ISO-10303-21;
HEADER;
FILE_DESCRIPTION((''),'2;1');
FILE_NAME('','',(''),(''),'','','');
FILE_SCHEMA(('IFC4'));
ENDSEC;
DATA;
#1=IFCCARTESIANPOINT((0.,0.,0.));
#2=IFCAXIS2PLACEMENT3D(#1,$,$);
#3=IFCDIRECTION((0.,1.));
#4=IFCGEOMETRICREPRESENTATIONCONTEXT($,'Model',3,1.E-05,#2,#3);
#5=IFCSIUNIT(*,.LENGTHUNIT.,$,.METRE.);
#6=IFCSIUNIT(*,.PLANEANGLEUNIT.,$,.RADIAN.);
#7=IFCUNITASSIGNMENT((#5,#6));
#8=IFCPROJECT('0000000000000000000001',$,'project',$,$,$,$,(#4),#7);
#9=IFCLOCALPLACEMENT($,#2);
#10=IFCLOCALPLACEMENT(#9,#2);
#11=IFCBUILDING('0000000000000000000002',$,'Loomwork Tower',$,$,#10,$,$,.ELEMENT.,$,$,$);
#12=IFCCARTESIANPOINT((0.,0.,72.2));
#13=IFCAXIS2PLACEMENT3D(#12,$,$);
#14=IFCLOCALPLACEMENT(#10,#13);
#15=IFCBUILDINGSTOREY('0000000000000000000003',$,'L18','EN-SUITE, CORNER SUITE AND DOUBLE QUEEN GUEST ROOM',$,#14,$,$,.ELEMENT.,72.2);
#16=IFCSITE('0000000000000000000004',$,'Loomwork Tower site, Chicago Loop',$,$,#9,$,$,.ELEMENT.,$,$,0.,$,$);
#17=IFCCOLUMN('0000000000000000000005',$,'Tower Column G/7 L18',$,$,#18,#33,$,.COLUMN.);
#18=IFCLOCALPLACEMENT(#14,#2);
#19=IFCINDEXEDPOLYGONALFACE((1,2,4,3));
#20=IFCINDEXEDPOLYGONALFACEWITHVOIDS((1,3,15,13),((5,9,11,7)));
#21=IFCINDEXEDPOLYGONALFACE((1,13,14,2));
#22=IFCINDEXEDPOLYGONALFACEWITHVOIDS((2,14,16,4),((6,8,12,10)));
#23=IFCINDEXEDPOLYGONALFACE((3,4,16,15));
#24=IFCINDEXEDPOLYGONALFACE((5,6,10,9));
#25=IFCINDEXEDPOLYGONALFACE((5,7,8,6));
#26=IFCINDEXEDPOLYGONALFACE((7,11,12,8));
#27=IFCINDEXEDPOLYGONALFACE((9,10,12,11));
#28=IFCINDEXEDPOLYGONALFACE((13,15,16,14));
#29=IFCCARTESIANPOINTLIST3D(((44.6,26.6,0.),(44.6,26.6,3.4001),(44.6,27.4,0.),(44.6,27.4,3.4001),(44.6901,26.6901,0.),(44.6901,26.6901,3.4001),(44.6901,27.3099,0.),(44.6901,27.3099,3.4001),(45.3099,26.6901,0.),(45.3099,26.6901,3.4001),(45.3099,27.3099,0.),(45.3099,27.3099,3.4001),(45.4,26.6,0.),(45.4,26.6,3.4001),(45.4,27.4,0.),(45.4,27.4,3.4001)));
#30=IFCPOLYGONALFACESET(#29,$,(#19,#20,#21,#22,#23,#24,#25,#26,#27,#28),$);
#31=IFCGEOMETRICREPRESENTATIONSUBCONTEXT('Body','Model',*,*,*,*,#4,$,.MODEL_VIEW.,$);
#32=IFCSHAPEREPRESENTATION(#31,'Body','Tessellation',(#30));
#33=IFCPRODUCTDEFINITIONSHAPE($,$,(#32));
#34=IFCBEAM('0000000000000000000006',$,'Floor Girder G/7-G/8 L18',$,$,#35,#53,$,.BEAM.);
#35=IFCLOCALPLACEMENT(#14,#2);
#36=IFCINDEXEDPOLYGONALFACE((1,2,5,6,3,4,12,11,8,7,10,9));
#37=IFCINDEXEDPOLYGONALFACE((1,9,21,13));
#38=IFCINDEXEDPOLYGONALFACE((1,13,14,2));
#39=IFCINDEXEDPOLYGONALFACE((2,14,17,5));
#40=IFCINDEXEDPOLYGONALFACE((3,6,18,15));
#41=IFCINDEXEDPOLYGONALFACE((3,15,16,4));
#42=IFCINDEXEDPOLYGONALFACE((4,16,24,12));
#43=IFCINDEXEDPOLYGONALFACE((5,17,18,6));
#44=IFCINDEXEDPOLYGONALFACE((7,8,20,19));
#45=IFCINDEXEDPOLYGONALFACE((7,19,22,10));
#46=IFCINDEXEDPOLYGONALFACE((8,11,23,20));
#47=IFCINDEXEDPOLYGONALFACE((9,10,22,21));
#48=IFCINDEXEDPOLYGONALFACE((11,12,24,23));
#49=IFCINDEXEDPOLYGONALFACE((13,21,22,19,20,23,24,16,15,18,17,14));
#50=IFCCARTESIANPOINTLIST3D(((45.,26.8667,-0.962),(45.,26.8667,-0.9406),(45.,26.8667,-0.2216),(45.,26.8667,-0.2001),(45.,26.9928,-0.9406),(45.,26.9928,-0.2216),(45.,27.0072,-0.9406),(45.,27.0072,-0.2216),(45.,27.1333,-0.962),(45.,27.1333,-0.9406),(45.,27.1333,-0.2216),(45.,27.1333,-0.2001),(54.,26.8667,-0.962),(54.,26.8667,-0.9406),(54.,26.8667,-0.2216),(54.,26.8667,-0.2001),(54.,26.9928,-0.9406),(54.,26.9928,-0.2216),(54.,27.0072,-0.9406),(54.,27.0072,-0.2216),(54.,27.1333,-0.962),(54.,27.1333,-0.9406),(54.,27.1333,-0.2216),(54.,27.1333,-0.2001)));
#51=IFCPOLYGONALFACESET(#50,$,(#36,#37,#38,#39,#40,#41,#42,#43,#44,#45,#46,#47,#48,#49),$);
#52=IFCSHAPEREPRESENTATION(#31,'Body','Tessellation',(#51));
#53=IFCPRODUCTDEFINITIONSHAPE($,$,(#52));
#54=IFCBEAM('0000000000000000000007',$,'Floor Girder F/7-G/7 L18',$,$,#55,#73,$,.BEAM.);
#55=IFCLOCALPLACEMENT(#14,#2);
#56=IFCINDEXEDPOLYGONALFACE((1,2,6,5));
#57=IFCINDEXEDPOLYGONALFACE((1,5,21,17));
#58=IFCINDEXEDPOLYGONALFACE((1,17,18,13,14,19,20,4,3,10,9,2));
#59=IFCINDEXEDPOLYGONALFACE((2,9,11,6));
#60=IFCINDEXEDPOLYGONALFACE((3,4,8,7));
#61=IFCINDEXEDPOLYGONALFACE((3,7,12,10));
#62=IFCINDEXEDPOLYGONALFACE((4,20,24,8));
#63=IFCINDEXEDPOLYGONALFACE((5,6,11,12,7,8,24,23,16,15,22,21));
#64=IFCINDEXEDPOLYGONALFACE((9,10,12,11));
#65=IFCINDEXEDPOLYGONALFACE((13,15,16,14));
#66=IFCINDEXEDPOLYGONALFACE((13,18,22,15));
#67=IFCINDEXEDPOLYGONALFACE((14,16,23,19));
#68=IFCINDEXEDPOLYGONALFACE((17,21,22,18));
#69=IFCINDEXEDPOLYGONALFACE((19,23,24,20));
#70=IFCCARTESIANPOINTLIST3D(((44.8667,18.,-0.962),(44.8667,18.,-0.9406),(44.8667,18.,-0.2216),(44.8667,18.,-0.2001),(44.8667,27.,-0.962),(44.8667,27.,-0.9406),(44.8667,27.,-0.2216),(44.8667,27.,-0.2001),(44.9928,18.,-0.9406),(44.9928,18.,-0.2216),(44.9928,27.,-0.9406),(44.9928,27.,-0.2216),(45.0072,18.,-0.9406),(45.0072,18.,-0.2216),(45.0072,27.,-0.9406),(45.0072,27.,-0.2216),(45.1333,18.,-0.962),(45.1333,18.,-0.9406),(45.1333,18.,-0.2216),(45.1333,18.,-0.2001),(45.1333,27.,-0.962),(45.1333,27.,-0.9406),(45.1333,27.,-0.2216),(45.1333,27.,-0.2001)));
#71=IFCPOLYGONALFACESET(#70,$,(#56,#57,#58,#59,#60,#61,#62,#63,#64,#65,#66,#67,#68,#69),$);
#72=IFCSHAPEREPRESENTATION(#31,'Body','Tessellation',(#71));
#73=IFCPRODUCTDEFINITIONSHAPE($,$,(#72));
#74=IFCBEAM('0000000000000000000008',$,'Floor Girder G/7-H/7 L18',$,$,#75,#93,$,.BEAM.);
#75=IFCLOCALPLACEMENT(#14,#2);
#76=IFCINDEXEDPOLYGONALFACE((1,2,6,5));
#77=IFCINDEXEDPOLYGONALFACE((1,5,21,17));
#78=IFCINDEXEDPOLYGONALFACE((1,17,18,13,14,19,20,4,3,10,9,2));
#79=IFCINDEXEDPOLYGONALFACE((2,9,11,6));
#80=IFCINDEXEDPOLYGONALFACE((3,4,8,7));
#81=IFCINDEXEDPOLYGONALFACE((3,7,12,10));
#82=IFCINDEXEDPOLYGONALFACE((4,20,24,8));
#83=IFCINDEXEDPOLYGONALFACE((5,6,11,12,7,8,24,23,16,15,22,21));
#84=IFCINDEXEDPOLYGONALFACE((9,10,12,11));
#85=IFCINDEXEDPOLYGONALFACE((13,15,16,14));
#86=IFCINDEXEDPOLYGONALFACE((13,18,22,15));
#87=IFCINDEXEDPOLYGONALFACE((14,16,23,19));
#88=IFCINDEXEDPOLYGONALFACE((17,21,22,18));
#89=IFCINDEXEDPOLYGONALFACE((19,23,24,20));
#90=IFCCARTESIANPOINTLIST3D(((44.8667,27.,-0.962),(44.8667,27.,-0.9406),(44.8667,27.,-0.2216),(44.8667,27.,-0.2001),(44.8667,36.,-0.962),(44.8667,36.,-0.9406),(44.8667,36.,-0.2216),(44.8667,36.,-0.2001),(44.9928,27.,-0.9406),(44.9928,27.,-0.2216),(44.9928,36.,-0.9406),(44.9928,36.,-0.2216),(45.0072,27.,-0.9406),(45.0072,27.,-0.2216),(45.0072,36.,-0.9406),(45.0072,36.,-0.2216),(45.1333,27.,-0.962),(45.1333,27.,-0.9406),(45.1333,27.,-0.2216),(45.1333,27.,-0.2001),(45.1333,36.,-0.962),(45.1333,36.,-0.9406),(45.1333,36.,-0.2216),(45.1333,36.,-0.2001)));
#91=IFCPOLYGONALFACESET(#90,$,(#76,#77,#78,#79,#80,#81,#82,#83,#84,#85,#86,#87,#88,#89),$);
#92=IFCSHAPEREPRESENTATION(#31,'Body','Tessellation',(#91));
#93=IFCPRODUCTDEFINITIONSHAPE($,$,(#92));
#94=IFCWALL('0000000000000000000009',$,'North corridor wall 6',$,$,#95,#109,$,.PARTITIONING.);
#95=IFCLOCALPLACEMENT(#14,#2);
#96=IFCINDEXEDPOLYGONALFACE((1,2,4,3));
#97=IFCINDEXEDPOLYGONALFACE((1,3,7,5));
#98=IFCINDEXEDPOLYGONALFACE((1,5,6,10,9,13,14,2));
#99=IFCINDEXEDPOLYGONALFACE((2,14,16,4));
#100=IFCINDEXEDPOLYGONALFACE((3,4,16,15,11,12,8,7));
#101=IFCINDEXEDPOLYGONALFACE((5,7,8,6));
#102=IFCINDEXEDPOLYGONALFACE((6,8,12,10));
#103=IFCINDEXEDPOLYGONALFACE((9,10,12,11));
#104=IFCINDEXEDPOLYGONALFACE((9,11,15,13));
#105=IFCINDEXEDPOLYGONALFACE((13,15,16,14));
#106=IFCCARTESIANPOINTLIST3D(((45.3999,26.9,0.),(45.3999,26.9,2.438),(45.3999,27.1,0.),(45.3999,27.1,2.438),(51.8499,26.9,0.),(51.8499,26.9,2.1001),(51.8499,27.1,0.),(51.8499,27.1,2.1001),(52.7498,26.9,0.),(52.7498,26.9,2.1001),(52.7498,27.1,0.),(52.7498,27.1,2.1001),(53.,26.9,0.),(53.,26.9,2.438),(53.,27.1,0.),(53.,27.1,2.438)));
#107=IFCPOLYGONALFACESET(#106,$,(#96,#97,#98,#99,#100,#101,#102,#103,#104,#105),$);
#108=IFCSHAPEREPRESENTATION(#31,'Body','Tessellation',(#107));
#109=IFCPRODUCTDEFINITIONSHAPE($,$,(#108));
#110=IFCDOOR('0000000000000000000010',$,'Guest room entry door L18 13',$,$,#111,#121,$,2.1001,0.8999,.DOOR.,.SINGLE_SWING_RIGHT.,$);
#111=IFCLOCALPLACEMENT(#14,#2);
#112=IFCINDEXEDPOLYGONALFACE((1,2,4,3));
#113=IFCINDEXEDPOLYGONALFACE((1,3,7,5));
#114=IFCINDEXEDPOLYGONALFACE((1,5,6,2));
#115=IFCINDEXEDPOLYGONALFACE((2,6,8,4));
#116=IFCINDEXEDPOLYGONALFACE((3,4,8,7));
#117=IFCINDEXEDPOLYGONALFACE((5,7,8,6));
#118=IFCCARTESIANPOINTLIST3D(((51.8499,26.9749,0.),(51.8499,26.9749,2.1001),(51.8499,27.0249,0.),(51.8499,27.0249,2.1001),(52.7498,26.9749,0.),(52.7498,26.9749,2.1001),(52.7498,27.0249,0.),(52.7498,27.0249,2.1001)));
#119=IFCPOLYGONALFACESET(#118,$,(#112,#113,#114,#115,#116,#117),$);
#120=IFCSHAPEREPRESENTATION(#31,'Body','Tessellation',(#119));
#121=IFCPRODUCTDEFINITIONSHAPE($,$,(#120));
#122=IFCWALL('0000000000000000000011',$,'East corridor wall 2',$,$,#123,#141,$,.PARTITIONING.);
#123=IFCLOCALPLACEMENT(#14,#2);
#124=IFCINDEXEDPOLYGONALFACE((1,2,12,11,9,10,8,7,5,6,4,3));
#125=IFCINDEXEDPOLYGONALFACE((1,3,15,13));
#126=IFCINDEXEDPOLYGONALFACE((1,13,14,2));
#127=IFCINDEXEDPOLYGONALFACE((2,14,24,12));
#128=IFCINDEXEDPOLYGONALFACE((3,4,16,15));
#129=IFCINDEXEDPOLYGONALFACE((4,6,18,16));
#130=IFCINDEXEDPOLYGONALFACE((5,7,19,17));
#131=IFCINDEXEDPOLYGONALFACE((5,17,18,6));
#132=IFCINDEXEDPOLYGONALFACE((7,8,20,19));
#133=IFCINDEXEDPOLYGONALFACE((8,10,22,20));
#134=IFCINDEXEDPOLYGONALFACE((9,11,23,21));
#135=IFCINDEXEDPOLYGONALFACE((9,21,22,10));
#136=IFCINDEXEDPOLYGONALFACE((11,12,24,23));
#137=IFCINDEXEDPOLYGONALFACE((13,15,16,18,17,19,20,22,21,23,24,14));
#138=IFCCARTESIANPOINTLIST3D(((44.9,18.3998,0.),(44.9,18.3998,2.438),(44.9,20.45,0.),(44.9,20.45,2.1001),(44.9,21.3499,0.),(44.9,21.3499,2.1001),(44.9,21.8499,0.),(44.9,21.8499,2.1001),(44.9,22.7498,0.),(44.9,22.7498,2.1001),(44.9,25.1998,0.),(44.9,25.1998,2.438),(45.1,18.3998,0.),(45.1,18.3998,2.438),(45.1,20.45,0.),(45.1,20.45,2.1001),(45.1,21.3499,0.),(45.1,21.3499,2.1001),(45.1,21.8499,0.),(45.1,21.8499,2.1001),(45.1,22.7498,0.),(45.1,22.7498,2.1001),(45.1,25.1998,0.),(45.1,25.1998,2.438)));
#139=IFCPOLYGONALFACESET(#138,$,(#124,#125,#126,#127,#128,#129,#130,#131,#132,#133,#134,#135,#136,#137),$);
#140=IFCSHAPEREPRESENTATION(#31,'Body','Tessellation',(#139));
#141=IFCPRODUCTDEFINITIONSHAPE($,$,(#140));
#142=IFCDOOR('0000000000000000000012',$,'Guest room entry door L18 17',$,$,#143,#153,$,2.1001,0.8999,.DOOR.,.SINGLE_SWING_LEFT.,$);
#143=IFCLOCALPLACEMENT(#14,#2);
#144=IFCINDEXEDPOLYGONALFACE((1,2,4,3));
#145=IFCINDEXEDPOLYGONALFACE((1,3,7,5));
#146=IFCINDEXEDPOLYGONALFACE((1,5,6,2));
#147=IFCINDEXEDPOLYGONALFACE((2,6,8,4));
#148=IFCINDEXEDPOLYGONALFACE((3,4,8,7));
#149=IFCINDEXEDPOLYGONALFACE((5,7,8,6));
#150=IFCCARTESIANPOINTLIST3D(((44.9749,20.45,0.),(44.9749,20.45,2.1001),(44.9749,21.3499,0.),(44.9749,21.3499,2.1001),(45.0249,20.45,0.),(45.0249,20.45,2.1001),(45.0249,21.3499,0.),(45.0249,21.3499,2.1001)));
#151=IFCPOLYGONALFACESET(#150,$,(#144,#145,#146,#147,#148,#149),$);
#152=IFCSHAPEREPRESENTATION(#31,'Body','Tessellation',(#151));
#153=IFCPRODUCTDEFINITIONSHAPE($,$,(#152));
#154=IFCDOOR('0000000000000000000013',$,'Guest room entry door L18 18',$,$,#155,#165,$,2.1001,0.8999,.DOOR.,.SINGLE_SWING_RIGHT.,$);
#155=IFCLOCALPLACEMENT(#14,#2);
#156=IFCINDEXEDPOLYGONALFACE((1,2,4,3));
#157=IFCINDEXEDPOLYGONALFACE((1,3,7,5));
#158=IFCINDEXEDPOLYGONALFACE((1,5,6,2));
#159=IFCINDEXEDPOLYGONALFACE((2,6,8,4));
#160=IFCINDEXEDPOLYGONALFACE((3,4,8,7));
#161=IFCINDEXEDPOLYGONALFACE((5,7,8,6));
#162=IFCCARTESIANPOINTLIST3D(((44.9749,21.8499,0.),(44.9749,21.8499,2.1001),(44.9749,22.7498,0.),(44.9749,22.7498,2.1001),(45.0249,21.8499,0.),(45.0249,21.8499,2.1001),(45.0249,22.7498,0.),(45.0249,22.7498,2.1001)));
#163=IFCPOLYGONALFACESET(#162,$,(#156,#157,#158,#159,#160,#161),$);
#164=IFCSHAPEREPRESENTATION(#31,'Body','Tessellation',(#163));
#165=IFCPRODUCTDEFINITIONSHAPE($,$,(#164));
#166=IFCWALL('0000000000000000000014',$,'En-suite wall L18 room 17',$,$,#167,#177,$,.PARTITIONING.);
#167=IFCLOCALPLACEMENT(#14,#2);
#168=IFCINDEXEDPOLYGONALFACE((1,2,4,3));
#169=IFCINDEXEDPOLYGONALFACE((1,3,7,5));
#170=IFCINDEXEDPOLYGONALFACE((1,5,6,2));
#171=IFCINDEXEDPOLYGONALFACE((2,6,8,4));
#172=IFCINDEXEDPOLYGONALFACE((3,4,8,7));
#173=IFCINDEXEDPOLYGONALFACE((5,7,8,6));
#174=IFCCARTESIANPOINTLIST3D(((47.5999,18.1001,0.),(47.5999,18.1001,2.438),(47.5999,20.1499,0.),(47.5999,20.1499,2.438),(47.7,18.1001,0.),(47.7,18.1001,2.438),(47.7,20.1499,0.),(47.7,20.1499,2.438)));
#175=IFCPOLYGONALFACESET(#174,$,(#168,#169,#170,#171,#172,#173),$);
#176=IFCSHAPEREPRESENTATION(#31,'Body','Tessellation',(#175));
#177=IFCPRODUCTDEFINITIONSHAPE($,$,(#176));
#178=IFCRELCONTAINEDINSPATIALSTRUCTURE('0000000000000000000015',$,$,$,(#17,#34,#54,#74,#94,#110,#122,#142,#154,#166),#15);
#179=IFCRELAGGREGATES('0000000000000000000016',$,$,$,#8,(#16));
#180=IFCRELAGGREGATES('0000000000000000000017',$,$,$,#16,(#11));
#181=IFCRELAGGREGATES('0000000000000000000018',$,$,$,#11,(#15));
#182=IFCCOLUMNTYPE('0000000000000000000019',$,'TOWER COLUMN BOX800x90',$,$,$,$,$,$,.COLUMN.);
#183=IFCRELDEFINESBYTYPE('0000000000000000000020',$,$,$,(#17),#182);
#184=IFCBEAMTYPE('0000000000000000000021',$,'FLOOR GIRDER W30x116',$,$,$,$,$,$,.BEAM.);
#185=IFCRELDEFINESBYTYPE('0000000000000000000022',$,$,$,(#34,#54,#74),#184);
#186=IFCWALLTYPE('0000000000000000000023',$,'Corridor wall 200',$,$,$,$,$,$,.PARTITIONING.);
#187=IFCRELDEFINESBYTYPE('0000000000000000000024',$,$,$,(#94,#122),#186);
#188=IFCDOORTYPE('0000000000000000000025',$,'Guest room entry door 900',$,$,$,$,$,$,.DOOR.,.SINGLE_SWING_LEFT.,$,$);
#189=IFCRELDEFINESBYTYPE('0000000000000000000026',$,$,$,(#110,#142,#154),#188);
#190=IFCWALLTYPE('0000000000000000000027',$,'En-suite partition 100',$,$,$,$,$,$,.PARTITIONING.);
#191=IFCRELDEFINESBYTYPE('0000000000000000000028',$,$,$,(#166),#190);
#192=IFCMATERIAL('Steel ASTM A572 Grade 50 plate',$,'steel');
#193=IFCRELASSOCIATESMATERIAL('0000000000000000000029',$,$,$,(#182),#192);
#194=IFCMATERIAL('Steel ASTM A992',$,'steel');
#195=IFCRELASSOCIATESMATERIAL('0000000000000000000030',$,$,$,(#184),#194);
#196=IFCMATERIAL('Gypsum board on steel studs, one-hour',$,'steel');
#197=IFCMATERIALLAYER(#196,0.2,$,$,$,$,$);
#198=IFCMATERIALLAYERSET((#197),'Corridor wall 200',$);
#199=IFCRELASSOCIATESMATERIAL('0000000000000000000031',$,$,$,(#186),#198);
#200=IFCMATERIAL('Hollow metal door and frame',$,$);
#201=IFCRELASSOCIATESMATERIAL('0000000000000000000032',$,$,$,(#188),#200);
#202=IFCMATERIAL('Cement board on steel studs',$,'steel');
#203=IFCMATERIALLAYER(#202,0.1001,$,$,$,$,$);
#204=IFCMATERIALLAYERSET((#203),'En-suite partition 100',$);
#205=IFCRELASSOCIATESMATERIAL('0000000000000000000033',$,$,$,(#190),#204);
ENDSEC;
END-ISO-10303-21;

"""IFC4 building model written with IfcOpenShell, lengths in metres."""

from ifc_helpers import new_model, si_unit, direction, frame, frame_2d, origin, origin_2d, place, context, subcontext, project, spatial, rectangle, hollow_rectangle, i_section, extrude, material, layer, layer_set, material_profile, profile_set, type_object, element, fill, save


model = new_model("IFC4")

# Units and contexts
model_context = context("Model", 3, precision=1e-05, world=origin(), true_north=direction((0.0, 1.0)))
body_context = subcontext(model_context, "Body", "Model", "MODEL_VIEW")
ifc_project = project(units=[si_unit("LENGTHUNIT", "METRE"), si_unit("PLANEANGLEUNIT", "RADIAN")], contexts=[model_context])

# Site, building, storey
site_placement = place(None, origin())
site = spatial("IfcSite", under=ifc_project, at=site_placement, Name="Loomwork Tower site, Chicago Loop", CompositionType="ELEMENT", RefElevation=0.0)
building_placement = place(site_placement, origin())
building = spatial("IfcBuilding", under=site, at=building_placement, Name="Loomwork Tower", CompositionType="ELEMENT")
storey_placement = place(building_placement, frame((0.0, 0.0, 72.2)))
storey = spatial("IfcBuildingStorey", under=building, at=storey_placement, Name="L18", Description="EN-SUITE, CORNER SUITE AND DOUBLE QUEEN GUEST ROOM", CompositionType="ELEMENT", Elevation=72.2)

# Column
ifc_material_1 = material(Name="Steel ASTM A572 Grade 50 plate", Category="steel")
ifc_material_profile_1 = material_profile(ifc_material_1, hollow_rectangle(XDim=0.8, YDim=0.8, WallThickness=0.0901, at=origin_2d()), Name="BOX800x90")
ifc_profile_set_1 = profile_set([ifc_material_profile_1], Name="Steel ASTM A572 Grade 50 plate")
column_type = type_object("IfcColumnType", Name="TOWER COLUMN BOX800x90", PredefinedType="COLUMN", material=ifc_profile_set_1)
column_placement = place(storey_placement, frame((45.0, 27.0, 0.0), z_axis=(0.0, 0.0, 1.0), x_axis=(0.0, 1.0, 0.0)))
element("IfcColumn", 1, at=column_placement, inside=storey, type_object=column_type, Name="Tower Column G/7 L18", PredefinedType="COLUMN", context=body_context, shape_type="SweptSolid", body=[
    extrude(hollow_rectangle(XDim=0.8, YDim=0.8, WallThickness=0.0901, at=origin_2d()), origin(), (0.0, 0.0, 1.0), 3.4001),
])

# Beams
ifc_material_2 = material(Name="Steel ASTM A992", Category="steel")
ifc_material_profile_2 = material_profile(ifc_material_2, i_section(OverallWidth=0.2666, OverallDepth=0.762, WebThickness=0.0144, FlangeThickness=0.0215, at=origin_2d()), Name="W30x116")
ifc_profile_set_2 = profile_set([ifc_material_profile_2], Name="Steel ASTM A992")
beam_type = type_object("IfcBeamType", Name="FLOOR GIRDER W30x116", PredefinedType="BEAM", material=ifc_profile_set_2)
for number, where, z_axis, x_axis, name in (
    (2, (45.0, 27.0, -0.5811), (1.0, 0.0, 0.0), (0.0, 1.0, 0.0), "Floor Girder G/7-G/8 L18"),
    (3, (45.0, 18.0, -0.5811), (0.0, 1.0, 0.0), (-1.0, 0.0, 0.0), "Floor Girder F/7-G/7 L18"),
    (4, (45.0, 27.0, -0.5811), (0.0, 1.0, 0.0), (-1.0, 0.0, 0.0), "Floor Girder G/7-H/7 L18"),
):
    element("IfcBeam", number, at=place(storey_placement, frame(where, z_axis=z_axis, x_axis=x_axis)), inside=storey, type_object=beam_type, Name=name, PredefinedType="BEAM", context=body_context, shape_type="SweptSolid", body=[
        extrude(i_section(OverallWidth=0.2666, OverallDepth=0.762, WebThickness=0.0144, FlangeThickness=0.0215, at=origin_2d()), origin(), (0.0, 0.0, 1.0), 9.0),
    ])

# Wall, opening, door
ifc_material_3 = material(Name="Gypsum board on steel studs, one-hour", Category="steel")
ifc_layer_1 = layer(ifc_material_3, 0.2)
ifc_layer_set_1 = layer_set([ifc_layer_1], Name="Corridor wall 200")
wall_type_1 = type_object("IfcWallType", Name="Corridor wall 200", PredefinedType="PARTITIONING", material=ifc_layer_set_1)
wall_1_placement = place(storey_placement, frame((45.3999, 27.0, 0.0), z_axis=(0.0, 0.0, 1.0), x_axis=(1.0, 0.0, 0.0)))
wall_1 = element("IfcWall", 5, at=wall_1_placement, inside=storey, type_object=wall_type_1, Name="North corridor wall 6", PredefinedType="PARTITIONING", context=body_context, shape_type="SweptSolid", body=[
    extrude(rectangle(XDim=7.6001, YDim=0.2, at=frame_2d((3.8, 0.0))), origin(), (0.0, 0.0, 1.0), 2.438),
])
opening_1_placement = place(wall_1_placement, frame((6.45, 0.0, 0.0)))
opening_1 = element("IfcOpeningElement", 6, at=opening_1_placement, cuts=wall_1, PredefinedType="OPENING", context=body_context, shape_type="SweptSolid", body=[
    extrude(rectangle(XDim=0.8999, YDim=2.1001, at=frame_2d((0.45, 1.05))), frame((0.0, 0.1099, 0.0), z_axis=(0.0, -1.0, 0.0), x_axis=(1.0, 0.0, 0.0)), (0.0, 0.0, 1.0), 0.22),
])
ifc_material_4 = material(Name="Hollow metal door and frame")
door_type_1 = type_object("IfcDoorType", Name="Guest room entry door 900", OperationType="SINGLE_SWING_LEFT", PredefinedType="DOOR", material=ifc_material_4)
door_1_placement = place(opening_1_placement, origin())
door_1 = element("IfcDoor", 7, at=door_1_placement, inside=storey, type_object=door_type_1, Name="Guest room entry door L18 13", OperationType="SINGLE_SWING_RIGHT", OverallHeight=2.1001, OverallWidth=0.8999, PredefinedType="DOOR", context=body_context, shape_type="SweptSolid", body=[
    extrude(rectangle(XDim=0.8999, YDim=2.1001, at=frame_2d((0.45, 1.05))), frame((0.0, 0.0249, 0.0), z_axis=(0.0, -1.0, 0.0), x_axis=(1.0, 0.0, 0.0)), (0.0, 0.0, 1.0), 0.05),
])
fill(opening_1, door_1)

# Wall, openings, doors
wall_2_placement = place(storey_placement, frame((45.0, 18.3999, 0.0), z_axis=(0.0, 0.0, 1.0), x_axis=(0.0, 1.0, 0.0)))
wall_2 = element("IfcWall", 8, at=wall_2_placement, inside=storey, type_object=wall_type_1, Name="East corridor wall 2", PredefinedType="PARTITIONING", context=body_context, shape_type="SweptSolid", body=[
    extrude(rectangle(XDim=6.8, YDim=0.2, at=frame_2d((3.3999, 0.0))), origin(), (0.0, 0.0, 1.0), 2.438),
])
opening_2_placement = place(wall_2_placement, frame((2.05, 0.0, 0.0)))
opening_2 = element("IfcOpeningElement", 9, at=opening_2_placement, cuts=wall_2, PredefinedType="OPENING", context=body_context, shape_type="SweptSolid", body=[
    extrude(rectangle(XDim=0.8999, YDim=2.1001, at=frame_2d((0.45, 1.05))), frame((0.0, 0.1099, 0.0), z_axis=(0.0, -1.0, 0.0), x_axis=(1.0, 0.0, 0.0)), (0.0, 0.0, 1.0), 0.22),
])
opening_3_placement = place(wall_2_placement, frame((3.45, 0.0, 0.0)))
opening_3 = element("IfcOpeningElement", 10, at=opening_3_placement, cuts=wall_2, PredefinedType="OPENING", context=body_context, shape_type="SweptSolid", body=[
    extrude(rectangle(XDim=0.8999, YDim=2.1001, at=frame_2d((0.45, 1.05))), frame((0.0, 0.1099, 0.0), z_axis=(0.0, -1.0, 0.0), x_axis=(1.0, 0.0, 0.0)), (0.0, 0.0, 1.0), 0.22),
])
door_2_placement = place(opening_2_placement, frame((0.8999, 0.0, 0.0), z_axis=(0.0, 0.0, 1.0), x_axis=(-1.0, 0.0, 0.0)))
door_2 = element("IfcDoor", 11, at=door_2_placement, inside=storey, type_object=door_type_1, Name="Guest room entry door L18 17", OperationType="SINGLE_SWING_LEFT", OverallHeight=2.1001, OverallWidth=0.8999, PredefinedType="DOOR", context=body_context, shape_type="SweptSolid", body=[
    extrude(rectangle(XDim=0.8999, YDim=2.1001, at=frame_2d((0.45, 1.05))), frame((0.0, 0.0249, 0.0), z_axis=(0.0, -1.0, 0.0), x_axis=(1.0, 0.0, 0.0)), (0.0, 0.0, 1.0), 0.05),
])
fill(opening_2, door_2)
door_3_placement = place(opening_3_placement, frame((0.8999, 0.0, 0.0), z_axis=(0.0, 0.0, 1.0), x_axis=(-1.0, 0.0, 0.0)))
door_3 = element("IfcDoor", 12, at=door_3_placement, inside=storey, type_object=door_type_1, Name="Guest room entry door L18 18", OperationType="SINGLE_SWING_RIGHT", OverallHeight=2.1001, OverallWidth=0.8999, PredefinedType="DOOR", context=body_context, shape_type="SweptSolid", body=[
    extrude(rectangle(XDim=0.8999, YDim=2.1001, at=frame_2d((0.45, 1.05))), frame((0.0, 0.0249, 0.0), z_axis=(0.0, -1.0, 0.0), x_axis=(1.0, 0.0, 0.0)), (0.0, 0.0, 1.0), 0.05),
])
fill(opening_3, door_3)

# Wall
ifc_material_5 = material(Name="Cement board on steel studs", Category="steel")
ifc_layer_2 = layer(ifc_material_5, 0.1001)
ifc_layer_set_2 = layer_set([ifc_layer_2], Name="En-suite partition 100")
wall_type_2 = type_object("IfcWallType", Name="En-suite partition 100", PredefinedType="PARTITIONING", material=ifc_layer_set_2)
wall_3_placement = place(storey_placement, frame((47.6499, 18.1001, 0.0), z_axis=(0.0, 0.0, 1.0), x_axis=(0.0, 1.0, 0.0)))
element("IfcWall", 13, at=wall_3_placement, inside=storey, type_object=wall_type_2, Name="En-suite wall L18 room 17", PredefinedType="PARTITIONING", context=body_context, shape_type="SweptSolid", body=[
    extrude(rectangle(XDim=2.0498, YDim=0.1001, at=frame_2d((1.0249, 0.0))), origin(), (0.0, 0.0, 1.0), 2.438),
])

save(model, "model.ifc")
